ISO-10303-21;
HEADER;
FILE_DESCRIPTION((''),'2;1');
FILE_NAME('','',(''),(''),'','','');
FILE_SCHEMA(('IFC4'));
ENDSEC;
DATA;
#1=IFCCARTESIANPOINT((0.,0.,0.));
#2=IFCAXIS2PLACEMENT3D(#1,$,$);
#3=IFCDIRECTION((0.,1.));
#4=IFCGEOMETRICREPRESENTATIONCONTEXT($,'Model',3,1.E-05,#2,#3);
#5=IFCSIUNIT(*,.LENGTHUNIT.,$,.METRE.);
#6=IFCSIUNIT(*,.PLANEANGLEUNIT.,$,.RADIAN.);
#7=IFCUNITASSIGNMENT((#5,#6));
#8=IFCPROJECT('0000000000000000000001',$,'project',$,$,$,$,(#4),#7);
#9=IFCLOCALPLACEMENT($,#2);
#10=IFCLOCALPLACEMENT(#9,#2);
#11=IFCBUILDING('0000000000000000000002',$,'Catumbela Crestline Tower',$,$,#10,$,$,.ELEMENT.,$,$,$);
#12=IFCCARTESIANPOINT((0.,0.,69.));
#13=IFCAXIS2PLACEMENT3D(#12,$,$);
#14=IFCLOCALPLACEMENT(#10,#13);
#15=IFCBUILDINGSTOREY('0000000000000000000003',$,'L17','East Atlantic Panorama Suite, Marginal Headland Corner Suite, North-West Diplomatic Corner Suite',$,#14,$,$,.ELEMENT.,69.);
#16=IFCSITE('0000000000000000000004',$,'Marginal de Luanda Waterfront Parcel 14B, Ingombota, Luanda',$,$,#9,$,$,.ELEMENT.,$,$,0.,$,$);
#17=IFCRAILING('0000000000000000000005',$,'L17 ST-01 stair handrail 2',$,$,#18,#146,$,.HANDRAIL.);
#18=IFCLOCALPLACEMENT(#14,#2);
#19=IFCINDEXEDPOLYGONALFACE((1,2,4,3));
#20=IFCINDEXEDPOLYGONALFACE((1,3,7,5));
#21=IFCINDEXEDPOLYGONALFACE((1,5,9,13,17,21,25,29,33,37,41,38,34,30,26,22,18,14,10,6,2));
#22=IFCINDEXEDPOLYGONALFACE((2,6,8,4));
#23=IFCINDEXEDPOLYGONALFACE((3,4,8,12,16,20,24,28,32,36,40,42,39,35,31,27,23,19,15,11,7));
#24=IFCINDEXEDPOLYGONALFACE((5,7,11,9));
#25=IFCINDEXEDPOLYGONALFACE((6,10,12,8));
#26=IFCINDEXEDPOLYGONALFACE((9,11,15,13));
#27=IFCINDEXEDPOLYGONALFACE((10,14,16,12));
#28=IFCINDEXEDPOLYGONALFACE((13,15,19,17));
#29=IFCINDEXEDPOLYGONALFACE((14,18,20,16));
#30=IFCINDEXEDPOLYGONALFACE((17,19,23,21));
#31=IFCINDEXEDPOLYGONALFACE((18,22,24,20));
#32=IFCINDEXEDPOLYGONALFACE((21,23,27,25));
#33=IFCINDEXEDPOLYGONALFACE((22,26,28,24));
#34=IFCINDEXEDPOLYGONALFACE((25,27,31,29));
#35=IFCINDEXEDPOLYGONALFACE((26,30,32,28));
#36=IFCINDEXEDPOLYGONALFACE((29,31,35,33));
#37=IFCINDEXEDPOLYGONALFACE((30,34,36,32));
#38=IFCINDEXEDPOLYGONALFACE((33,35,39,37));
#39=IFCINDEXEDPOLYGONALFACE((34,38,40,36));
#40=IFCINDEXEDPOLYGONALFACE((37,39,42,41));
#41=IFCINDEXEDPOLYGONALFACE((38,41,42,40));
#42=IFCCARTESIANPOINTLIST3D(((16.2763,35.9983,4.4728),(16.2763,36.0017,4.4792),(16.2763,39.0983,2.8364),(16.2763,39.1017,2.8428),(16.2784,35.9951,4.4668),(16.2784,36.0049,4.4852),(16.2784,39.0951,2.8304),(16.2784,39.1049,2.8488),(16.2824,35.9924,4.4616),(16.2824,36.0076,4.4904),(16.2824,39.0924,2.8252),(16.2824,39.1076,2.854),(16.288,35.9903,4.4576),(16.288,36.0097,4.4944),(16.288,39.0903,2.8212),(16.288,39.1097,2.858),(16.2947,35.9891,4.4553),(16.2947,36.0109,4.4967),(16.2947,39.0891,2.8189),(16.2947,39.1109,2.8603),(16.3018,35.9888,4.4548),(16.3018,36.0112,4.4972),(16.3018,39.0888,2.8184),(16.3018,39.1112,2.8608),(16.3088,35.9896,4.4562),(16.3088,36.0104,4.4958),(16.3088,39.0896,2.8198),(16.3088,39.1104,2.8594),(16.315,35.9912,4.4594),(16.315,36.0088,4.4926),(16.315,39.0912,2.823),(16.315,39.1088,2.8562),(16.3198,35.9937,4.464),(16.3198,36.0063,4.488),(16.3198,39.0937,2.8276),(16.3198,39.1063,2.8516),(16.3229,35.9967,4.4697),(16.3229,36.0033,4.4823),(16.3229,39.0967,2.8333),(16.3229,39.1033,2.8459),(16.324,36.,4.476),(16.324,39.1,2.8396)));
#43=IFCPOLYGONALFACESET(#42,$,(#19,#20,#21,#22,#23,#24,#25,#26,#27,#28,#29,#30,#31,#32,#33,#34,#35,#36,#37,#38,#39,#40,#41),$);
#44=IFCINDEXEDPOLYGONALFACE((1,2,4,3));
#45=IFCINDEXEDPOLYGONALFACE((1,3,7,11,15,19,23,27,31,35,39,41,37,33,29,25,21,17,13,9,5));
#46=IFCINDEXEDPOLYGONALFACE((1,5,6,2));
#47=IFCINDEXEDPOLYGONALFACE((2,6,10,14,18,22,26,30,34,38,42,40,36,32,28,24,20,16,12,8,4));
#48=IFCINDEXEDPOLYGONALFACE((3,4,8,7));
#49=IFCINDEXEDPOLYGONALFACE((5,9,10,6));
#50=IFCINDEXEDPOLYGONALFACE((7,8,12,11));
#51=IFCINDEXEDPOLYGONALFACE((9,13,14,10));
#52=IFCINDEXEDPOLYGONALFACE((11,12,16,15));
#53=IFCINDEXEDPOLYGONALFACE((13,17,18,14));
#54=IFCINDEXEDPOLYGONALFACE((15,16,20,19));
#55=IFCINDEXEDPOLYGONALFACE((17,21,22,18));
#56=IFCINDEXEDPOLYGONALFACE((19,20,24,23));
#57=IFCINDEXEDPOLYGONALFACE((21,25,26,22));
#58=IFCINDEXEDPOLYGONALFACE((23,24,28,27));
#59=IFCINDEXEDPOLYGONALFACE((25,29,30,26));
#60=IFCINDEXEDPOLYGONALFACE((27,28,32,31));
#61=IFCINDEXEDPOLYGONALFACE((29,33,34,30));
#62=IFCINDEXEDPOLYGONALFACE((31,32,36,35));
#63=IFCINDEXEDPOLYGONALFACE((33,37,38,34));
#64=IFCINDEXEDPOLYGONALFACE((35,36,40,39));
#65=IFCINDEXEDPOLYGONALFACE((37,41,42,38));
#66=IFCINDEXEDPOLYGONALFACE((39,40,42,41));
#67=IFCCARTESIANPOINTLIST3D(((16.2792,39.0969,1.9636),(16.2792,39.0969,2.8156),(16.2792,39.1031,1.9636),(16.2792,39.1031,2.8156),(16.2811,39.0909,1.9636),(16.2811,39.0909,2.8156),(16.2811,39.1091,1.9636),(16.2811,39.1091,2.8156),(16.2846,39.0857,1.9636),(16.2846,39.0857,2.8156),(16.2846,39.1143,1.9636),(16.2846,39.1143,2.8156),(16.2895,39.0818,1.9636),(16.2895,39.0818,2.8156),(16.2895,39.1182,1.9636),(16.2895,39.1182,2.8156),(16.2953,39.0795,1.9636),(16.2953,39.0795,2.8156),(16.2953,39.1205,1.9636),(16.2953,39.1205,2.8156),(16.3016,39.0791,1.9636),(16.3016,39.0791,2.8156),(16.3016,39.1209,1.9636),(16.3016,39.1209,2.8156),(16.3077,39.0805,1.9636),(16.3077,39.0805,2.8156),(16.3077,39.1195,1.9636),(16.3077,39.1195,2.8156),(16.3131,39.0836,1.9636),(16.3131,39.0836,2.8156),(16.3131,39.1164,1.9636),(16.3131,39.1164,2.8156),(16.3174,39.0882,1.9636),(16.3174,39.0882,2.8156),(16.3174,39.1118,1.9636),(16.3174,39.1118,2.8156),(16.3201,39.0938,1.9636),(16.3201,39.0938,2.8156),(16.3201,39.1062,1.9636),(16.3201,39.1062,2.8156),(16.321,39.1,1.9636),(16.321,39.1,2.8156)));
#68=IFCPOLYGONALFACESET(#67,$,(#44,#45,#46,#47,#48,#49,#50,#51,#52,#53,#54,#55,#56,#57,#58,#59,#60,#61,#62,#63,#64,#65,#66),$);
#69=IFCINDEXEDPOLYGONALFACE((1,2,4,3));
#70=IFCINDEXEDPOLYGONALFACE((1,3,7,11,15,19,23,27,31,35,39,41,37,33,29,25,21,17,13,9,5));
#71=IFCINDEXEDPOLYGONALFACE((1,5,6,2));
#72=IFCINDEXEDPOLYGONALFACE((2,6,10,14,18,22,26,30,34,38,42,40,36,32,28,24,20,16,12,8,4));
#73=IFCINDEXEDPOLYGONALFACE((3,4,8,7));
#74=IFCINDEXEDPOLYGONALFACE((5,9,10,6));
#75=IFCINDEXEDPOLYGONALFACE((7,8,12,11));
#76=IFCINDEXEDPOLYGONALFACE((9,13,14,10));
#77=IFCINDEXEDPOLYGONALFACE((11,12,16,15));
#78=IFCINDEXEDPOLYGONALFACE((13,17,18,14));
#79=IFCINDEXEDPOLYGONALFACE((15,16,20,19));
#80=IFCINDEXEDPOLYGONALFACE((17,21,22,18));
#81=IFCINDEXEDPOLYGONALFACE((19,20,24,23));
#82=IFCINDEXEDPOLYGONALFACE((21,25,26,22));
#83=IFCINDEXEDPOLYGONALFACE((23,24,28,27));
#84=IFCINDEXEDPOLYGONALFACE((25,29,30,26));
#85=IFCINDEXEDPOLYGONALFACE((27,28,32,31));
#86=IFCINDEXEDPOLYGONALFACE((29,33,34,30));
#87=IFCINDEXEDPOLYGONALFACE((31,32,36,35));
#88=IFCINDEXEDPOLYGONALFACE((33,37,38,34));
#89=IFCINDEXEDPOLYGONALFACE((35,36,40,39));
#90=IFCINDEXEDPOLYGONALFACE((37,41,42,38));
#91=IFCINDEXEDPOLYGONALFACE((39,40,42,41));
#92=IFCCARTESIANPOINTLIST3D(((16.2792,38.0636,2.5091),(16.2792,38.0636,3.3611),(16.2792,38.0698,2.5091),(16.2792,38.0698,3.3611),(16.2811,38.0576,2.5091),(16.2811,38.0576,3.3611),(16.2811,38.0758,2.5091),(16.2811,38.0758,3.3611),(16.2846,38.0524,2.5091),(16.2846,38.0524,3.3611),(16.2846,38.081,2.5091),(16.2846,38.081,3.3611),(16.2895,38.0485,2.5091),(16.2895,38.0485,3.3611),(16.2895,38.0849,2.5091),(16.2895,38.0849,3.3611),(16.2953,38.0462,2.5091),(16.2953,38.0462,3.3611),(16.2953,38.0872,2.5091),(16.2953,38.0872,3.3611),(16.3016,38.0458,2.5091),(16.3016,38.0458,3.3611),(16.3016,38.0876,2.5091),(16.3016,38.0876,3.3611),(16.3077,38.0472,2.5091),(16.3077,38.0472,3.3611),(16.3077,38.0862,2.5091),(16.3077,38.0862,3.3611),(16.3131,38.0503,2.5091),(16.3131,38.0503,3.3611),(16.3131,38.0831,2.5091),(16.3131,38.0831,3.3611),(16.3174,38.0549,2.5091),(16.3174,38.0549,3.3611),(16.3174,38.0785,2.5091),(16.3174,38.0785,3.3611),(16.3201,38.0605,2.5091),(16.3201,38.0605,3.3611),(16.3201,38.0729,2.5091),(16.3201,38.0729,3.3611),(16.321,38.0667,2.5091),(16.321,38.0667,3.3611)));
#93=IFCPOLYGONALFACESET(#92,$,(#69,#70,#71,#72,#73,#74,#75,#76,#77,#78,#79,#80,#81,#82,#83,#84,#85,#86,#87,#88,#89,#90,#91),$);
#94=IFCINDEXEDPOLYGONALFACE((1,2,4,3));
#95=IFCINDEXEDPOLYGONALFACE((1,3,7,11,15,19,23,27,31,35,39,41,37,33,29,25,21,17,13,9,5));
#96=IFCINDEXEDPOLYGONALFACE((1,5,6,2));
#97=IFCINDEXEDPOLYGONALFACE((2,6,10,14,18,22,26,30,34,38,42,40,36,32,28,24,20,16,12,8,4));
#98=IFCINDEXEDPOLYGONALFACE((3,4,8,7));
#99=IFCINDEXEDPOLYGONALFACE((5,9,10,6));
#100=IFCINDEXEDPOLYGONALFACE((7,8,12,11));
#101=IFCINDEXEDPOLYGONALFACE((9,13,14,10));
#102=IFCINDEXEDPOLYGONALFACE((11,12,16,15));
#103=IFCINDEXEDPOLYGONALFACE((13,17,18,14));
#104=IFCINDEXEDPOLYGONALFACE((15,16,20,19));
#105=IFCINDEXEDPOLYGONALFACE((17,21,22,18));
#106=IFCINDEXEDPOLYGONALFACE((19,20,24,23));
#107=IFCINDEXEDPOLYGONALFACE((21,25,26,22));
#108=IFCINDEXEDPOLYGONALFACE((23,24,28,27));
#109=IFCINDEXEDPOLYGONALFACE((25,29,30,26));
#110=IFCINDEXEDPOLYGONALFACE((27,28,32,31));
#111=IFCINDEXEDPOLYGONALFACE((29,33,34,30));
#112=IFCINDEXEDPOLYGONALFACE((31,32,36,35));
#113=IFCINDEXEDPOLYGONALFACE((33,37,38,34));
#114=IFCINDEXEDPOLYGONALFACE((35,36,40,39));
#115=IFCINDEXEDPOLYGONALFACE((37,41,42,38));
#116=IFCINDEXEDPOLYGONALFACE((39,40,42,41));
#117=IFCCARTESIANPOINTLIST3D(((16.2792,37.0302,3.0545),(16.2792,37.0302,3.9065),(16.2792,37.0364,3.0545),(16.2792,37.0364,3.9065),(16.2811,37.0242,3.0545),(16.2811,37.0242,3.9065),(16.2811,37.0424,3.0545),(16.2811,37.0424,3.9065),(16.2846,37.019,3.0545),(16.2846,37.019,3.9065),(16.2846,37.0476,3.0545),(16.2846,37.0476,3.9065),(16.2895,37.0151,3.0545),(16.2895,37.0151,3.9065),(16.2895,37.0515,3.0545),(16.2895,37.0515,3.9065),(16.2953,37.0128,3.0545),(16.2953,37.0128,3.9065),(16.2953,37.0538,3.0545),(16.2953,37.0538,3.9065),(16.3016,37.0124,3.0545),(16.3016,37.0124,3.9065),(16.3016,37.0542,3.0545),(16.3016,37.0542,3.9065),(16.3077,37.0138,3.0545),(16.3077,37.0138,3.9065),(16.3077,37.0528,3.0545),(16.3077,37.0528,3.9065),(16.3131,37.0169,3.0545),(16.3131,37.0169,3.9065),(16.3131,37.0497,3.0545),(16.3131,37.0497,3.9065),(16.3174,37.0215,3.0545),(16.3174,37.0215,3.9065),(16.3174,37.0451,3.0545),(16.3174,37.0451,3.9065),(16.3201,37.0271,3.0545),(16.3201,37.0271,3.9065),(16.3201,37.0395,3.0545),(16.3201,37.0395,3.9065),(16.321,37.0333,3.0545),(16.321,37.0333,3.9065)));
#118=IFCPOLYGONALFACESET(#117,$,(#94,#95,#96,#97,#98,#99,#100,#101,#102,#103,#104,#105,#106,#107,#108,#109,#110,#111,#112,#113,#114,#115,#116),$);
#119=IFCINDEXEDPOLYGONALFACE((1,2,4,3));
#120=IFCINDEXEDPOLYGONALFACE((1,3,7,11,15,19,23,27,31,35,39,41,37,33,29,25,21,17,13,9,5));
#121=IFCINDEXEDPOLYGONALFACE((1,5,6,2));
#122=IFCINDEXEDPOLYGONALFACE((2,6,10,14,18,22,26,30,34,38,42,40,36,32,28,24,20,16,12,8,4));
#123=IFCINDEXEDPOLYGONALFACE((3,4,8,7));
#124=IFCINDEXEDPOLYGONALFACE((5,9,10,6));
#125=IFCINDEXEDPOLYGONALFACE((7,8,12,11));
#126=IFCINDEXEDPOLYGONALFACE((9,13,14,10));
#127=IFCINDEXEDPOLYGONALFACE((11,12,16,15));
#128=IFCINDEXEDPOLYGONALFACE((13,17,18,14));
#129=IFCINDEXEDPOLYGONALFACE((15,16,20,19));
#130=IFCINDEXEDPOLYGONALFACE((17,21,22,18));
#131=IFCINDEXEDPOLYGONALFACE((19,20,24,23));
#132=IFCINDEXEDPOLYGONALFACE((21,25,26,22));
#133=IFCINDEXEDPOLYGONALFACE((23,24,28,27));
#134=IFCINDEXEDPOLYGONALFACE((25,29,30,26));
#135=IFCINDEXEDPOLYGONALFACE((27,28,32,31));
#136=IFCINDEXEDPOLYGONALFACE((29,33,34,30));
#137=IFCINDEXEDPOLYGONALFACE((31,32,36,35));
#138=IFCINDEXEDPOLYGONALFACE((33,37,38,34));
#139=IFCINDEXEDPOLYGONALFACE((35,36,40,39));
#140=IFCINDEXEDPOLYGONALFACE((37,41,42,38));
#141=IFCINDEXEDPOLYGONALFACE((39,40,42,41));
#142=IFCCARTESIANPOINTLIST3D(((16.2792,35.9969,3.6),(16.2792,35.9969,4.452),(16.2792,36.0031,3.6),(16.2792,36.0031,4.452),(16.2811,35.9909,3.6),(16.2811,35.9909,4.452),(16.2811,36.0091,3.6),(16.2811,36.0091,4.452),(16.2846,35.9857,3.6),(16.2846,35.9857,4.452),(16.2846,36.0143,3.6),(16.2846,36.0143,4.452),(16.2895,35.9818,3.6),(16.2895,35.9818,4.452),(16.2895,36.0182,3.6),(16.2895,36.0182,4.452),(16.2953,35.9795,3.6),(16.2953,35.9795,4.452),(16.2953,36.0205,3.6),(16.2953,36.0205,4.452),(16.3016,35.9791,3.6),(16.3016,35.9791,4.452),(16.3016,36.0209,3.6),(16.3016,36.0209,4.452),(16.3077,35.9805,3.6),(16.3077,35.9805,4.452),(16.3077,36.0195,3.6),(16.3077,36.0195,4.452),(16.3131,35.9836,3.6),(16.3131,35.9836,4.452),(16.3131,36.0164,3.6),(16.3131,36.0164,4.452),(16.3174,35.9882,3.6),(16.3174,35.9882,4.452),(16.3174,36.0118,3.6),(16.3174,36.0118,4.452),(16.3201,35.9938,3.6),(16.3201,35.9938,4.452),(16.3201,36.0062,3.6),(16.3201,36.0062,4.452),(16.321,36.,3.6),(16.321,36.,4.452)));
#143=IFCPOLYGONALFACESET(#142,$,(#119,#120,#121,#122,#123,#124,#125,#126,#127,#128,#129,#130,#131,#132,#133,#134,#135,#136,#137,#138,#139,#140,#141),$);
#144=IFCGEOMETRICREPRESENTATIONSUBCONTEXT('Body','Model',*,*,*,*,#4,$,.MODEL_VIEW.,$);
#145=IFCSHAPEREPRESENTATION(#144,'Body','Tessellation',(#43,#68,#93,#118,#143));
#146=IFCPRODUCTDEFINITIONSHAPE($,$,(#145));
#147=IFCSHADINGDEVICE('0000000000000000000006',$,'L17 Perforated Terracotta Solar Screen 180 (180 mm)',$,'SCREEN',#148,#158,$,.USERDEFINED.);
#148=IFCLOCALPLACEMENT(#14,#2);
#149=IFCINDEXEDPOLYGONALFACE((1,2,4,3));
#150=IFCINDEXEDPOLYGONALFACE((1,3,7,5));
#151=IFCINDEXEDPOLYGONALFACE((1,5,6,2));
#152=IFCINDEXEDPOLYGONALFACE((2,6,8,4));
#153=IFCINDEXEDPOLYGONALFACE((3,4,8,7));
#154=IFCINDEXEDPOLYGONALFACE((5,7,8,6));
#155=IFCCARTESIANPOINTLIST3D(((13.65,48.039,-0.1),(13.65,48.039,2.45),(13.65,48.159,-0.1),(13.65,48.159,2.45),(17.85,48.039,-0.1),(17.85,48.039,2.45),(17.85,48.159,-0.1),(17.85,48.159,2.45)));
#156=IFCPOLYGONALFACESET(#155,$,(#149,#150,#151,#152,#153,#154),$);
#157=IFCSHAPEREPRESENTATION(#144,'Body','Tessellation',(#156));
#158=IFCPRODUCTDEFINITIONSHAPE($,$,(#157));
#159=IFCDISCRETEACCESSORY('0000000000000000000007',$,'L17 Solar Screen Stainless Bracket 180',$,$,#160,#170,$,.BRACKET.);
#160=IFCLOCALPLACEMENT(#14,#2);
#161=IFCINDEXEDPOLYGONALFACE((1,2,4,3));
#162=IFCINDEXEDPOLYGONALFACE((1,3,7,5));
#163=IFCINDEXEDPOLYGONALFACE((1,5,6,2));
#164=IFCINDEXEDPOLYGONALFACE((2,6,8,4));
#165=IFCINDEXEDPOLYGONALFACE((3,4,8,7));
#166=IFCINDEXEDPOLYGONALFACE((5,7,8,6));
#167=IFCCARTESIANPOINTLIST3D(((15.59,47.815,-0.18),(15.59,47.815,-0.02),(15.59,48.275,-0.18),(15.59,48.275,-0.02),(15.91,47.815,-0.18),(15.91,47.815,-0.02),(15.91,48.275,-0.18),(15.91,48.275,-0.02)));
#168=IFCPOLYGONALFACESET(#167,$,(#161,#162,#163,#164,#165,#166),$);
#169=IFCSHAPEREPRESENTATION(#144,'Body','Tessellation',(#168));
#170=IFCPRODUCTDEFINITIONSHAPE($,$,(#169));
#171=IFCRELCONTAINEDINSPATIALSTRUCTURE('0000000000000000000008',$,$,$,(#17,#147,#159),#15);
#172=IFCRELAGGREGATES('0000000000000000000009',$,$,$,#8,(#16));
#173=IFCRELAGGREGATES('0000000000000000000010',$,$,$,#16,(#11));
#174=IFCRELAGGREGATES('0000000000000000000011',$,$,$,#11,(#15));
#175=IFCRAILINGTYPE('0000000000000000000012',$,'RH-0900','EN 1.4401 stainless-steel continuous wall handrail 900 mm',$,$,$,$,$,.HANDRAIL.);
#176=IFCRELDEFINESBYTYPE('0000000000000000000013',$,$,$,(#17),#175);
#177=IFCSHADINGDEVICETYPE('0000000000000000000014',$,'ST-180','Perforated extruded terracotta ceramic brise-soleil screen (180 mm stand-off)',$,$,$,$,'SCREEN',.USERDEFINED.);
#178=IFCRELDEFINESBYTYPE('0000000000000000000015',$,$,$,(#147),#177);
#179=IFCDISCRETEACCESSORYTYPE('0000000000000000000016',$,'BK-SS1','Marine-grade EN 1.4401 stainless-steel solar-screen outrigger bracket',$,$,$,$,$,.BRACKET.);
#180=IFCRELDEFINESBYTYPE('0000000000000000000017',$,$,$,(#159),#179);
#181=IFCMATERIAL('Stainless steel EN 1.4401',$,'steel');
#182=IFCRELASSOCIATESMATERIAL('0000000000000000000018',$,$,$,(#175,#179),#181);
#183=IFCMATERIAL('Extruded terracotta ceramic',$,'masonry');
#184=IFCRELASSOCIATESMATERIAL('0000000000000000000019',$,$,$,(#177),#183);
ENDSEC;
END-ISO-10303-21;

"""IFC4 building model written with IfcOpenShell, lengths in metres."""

from ifc_helpers import new_model, si_unit, direction, frame, origin, origin_2d, place, context, subcontext, project, spatial, rectangle, circle, extrude, material, type_object, element, save


model = new_model("IFC4")

# Units and contexts
model_context = context("Model", 3, precision=1e-05, world=origin(), true_north=direction((0.0, 1.0)))
body_context = subcontext(model_context, "Body", "Model", "MODEL_VIEW")
ifc_project = project(units=[si_unit("LENGTHUNIT", "METRE"), si_unit("PLANEANGLEUNIT", "RADIAN")], contexts=[model_context])

# Site, building, storey
site_placement = place(None, origin())
site = spatial("IfcSite", under=ifc_project, at=site_placement, Name="Marginal de Luanda Waterfront Parcel 14B, Ingombota, Luanda", CompositionType="ELEMENT", RefElevation=0.0)
building_placement = place(site_placement, origin())
building = spatial("IfcBuilding", under=site, at=building_placement, Name="Catumbela Crestline Tower", CompositionType="ELEMENT")
storey_placement = place(building_placement, frame((0.0, 0.0, 69.0)))
storey = spatial("IfcBuildingStorey", under=building, at=storey_placement, Name="L17", Description="East Atlantic Panorama Suite, Marginal Headland Corner Suite, North-West Diplomatic Corner Suite", CompositionType="ELEMENT", Elevation=69.0)

# Shared definitions
ifc_material_1 = material(Name="Stainless steel EN 1.4401", Category="steel")

# Railing
railing_type_1 = type_object("IfcRailingType", Name="RH-0900", Description="EN 1.4401 stainless-steel continuous wall handrail 900 mm", PredefinedType="HANDRAIL", material=ifc_material_1)
railing_1_placement = place(storey_placement, frame((16.3, 39.1, 1.9636)))
element("IfcRailing", 1, at=railing_1_placement, inside=storey, type_object=railing_type_1, Name="L17 ST-01 stair handrail 2", PredefinedType="HANDRAIL", context=body_context, shape_type="SweptSolid", body=[
    extrude(circle(Radius=0.024, at=origin_2d()), frame((0.0, 0.0, 0.876), z_axis=(0.0, -0.884351, 0.466823), x_axis=(1.0, 0.0, 0.0)), (0.0, 0.0, 1.0), 3.5054),
    extrude(circle(Radius=0.021, at=origin_2d()), origin(), (0.0, 0.0, 1.0), 0.852),
    extrude(circle(Radius=0.021, at=origin_2d()), frame((0.0, -1.0333, 0.5455)), (0.0, 0.0, 1.0), 0.852),
    extrude(circle(Radius=0.021, at=origin_2d()), frame((0.0, -2.0667, 1.0909)), (0.0, 0.0, 1.0), 0.852),
    extrude(circle(Radius=0.021, at=origin_2d()), frame((0.0, -3.1, 1.6364)), (0.0, 0.0, 1.0), 0.852),
])

# Shading device
ifc_material_2 = material(Name="Extruded terracotta ceramic", Category="masonry")
shading_device_type = type_object("IfcShadingDeviceType", Name="ST-180", Description="Perforated extruded terracotta ceramic brise-soleil screen (180 mm stand-off)", ElementType="SCREEN", PredefinedType="USERDEFINED", material=ifc_material_2)
shading_device_placement = place(storey_placement, frame((15.75, 48.099, -0.1), z_axis=(0.0, 0.0, 1.0), x_axis=(-1.0, 0.0, 0.0)))
element("IfcShadingDevice", 2, at=shading_device_placement, inside=storey, type_object=shading_device_type, Name="L17 Perforated Terracotta Solar Screen 180 (180 mm)", ObjectType="SCREEN", PredefinedType="USERDEFINED", context=body_context, shape_type="SweptSolid", body=[
    extrude(rectangle(XDim=4.2, YDim=0.12, at=origin_2d()), origin(), (0.0, 0.0, 1.0), 2.55),
])

# Discrete accessory
discrete_accessory_type = type_object("IfcDiscreteAccessoryType", Name="BK-SS1", Description="Marine-grade EN 1.4401 stainless-steel solar-screen outrigger bracket", PredefinedType="BRACKET", material=ifc_material_1)
discrete_accessory_placement = place(storey_placement, frame((15.75, 48.045, -0.18), z_axis=(0.0, 0.0, 1.0), x_axis=(-1.0, 0.0, 0.0)))
element("IfcDiscreteAccessory", 3, at=discrete_accessory_placement, inside=storey, type_object=discrete_accessory_type, Name="L17 Solar Screen Stainless Bracket 180", PredefinedType="BRACKET", context=body_context, shape_type="SweptSolid", body=[
    extrude(rectangle(XDim=0.32, YDim=0.46, at=origin_2d()), origin(), (0.0, 0.0, 1.0), 0.16),
])

save(model, "model.ifc")
